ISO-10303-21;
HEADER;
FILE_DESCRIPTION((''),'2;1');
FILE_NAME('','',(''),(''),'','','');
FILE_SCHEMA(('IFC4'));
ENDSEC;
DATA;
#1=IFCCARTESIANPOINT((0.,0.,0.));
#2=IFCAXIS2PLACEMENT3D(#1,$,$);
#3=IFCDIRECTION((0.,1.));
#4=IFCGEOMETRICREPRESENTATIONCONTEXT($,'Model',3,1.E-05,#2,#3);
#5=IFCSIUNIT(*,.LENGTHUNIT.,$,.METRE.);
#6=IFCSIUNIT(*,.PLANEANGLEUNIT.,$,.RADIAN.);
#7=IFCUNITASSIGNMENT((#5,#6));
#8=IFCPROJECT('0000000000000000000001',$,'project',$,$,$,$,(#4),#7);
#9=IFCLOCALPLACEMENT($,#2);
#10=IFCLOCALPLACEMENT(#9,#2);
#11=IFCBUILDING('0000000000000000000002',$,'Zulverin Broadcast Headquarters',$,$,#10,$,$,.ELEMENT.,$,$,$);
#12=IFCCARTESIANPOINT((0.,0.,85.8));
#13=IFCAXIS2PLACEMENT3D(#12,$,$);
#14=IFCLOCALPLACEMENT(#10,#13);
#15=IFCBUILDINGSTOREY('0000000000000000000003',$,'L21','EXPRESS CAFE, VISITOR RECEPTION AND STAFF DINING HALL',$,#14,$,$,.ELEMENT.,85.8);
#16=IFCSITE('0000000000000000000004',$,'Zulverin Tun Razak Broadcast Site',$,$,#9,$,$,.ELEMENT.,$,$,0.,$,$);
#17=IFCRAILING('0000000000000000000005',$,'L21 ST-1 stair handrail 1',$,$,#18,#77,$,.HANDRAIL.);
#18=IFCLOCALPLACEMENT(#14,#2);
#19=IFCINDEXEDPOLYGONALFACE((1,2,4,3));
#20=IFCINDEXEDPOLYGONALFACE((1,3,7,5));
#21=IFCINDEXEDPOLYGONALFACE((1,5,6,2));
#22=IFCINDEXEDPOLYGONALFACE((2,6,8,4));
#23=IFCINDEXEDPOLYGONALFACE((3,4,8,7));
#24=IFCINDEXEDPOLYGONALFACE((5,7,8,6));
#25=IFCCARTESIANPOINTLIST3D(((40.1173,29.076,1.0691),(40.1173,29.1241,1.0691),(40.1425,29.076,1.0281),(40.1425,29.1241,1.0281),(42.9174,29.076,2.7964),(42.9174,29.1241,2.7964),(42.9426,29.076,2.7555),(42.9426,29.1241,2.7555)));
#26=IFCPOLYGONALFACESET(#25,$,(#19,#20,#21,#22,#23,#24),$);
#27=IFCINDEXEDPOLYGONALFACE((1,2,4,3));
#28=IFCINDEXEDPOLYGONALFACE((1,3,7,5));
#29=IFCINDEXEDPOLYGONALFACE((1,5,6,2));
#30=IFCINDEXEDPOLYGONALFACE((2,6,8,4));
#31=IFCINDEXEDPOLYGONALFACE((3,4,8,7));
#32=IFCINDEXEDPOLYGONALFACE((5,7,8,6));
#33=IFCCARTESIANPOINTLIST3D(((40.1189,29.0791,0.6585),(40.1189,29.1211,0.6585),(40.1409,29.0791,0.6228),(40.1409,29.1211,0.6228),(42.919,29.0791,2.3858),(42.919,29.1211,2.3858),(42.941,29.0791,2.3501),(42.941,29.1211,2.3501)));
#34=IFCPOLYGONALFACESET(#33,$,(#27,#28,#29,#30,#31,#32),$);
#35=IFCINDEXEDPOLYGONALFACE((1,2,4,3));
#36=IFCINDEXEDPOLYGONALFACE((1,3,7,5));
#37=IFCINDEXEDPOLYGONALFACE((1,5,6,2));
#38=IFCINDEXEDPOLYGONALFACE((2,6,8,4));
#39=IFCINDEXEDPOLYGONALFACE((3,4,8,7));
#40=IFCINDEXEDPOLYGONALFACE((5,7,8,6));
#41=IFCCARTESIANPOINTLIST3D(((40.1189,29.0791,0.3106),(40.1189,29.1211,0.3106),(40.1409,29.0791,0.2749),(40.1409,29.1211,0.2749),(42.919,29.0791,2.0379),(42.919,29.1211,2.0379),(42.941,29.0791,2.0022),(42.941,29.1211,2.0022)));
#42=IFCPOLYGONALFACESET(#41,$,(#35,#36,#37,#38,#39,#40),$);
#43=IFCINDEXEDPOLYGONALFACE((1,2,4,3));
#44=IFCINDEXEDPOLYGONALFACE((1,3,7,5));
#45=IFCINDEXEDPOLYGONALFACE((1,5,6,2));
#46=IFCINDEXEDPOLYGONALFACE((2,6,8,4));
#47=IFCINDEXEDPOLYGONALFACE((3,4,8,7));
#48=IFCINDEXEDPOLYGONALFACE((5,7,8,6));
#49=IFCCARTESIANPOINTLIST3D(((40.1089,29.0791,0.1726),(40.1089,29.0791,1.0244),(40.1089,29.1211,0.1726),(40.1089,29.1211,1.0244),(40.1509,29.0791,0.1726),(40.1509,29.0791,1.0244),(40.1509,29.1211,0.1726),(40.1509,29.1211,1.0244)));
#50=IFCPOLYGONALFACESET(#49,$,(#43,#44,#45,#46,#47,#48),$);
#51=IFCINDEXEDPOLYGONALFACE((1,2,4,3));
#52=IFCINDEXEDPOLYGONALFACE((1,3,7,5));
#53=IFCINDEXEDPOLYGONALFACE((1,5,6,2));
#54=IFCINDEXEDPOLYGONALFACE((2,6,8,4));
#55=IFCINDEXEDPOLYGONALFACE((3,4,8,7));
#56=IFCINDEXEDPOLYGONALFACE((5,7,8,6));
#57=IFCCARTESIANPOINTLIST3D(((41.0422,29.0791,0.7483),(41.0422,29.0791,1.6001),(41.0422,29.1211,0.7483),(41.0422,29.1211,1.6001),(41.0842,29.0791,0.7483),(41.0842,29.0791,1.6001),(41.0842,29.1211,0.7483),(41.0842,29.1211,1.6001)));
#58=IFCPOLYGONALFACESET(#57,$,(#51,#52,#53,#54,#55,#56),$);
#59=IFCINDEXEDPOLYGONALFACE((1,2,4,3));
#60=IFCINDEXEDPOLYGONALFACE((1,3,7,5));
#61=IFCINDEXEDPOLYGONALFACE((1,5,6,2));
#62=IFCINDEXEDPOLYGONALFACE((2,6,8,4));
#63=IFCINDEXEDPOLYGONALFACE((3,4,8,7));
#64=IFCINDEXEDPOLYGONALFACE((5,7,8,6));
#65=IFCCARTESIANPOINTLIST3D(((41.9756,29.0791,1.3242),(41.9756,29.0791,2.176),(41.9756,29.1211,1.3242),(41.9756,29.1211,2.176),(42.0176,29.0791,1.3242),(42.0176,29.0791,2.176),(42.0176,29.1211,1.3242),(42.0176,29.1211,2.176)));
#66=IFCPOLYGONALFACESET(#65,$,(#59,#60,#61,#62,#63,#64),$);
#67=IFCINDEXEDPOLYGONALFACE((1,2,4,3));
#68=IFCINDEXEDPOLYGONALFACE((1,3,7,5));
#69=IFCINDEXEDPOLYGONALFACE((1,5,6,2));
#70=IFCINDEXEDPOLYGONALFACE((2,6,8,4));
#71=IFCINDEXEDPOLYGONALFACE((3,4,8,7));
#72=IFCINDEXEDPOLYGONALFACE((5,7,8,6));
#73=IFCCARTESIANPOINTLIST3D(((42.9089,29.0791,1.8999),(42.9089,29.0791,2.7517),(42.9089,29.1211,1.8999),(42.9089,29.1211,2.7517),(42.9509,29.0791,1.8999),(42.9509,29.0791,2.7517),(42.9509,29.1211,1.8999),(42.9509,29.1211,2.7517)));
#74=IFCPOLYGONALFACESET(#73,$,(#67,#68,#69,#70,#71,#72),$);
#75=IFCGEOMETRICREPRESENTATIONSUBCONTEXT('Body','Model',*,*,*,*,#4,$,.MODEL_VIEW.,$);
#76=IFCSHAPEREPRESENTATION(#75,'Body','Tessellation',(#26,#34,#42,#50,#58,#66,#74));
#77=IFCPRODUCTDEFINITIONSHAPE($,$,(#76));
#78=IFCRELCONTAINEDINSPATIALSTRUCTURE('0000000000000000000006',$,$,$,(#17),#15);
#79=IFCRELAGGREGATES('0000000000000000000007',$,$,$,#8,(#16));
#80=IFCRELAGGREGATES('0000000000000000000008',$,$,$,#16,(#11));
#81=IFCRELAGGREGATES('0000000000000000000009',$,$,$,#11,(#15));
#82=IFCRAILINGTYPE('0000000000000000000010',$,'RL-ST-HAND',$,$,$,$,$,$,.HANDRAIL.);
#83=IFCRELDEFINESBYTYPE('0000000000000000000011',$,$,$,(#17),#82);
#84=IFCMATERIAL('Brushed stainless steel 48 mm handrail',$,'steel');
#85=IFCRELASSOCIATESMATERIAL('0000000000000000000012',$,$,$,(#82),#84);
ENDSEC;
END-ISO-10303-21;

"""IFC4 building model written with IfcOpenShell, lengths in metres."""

from ifc_helpers import new_model, si_unit, direction, frame, origin, origin_2d, place, context, subcontext, project, spatial, rectangle, extrude, material, type_object, element, save


model = new_model("IFC4")

# Units and contexts
model_context = context("Model", 3, precision=1e-05, world=origin(), true_north=direction((0.0, 1.0)))
body_context = subcontext(model_context, "Body", "Model", "MODEL_VIEW")
ifc_project = project(units=[si_unit("LENGTHUNIT", "METRE"), si_unit("PLANEANGLEUNIT", "RADIAN")], contexts=[model_context])

# Site, building, storey
site_placement = place(None, origin())
site = spatial("IfcSite", under=ifc_project, at=site_placement, Name="Zulverin Tun Razak Broadcast Site", CompositionType="ELEMENT", RefElevation=0.0)
building_placement = place(site_placement, origin())
building = spatial("IfcBuilding", under=site, at=building_placement, Name="Zulverin Broadcast Headquarters", CompositionType="ELEMENT")
storey_placement = place(building_placement, frame((0.0, 0.0, 85.8)))
storey = spatial("IfcBuildingStorey", under=building, at=storey_placement, Name="L21", Description="EXPRESS CAFE, VISITOR RECEPTION AND STAFF DINING HALL", CompositionType="ELEMENT", Elevation=85.8)

# Railing
ifc_material_1 = material(Name="Brushed stainless steel 48 mm handrail", Category="steel")
railing_type_1 = type_object("IfcRailingType", Name="RL-ST-HAND", PredefinedType="HANDRAIL", material=ifc_material_1)
railing_1_placement = place(storey_placement, frame((40.1299, 29.1001, 0.1726)))
element("IfcRailing", 1, at=railing_1_placement, inside=storey, type_object=railing_type_1, Name="L21 ST-1 stair handrail 1", PredefinedType="HANDRAIL", context=body_context, shape_type="SweptSolid", body=[
    extrude(rectangle(XDim=0.0481, YDim=0.0481, at=origin_2d()), frame((0.0, 0.0, 0.876), z_axis=(0.85109, 0.0, 0.52502), x_axis=(0.0, 1.0, 0.0)), (0.0, 0.0, 1.0), 3.29),
    extrude(rectangle(XDim=0.042, YDim=0.042, at=origin_2d()), frame((0.0, 0.0, 0.468), z_axis=(0.85109, 0.0, 0.52502), x_axis=(0.0, 1.0, 0.0)), (0.0, 0.0, 1.0), 3.29),
    extrude(rectangle(XDim=0.042, YDim=0.042, at=origin_2d()), frame((0.0, 0.0, 0.1201), z_axis=(0.85109, 0.0, 0.52502), x_axis=(0.0, 1.0, 0.0)), (0.0, 0.0, 1.0), 3.29),
    extrude(rectangle(XDim=0.042, YDim=0.042, at=origin_2d()), origin(), (0.0, 0.0, 1.0), 0.8518),
    extrude(rectangle(XDim=0.042, YDim=0.042, at=origin_2d()), frame((0.9333, 0.0, 0.5757)), (0.0, 0.0, 1.0), 0.8518),
    extrude(rectangle(XDim=0.042, YDim=0.042, at=origin_2d()), frame((1.8667, 0.0, 1.1516)), (0.0, 0.0, 1.0), 0.8518),
    extrude(rectangle(XDim=0.042, YDim=0.042, at=origin_2d()), frame((2.8, 0.0, 1.7273)), (0.0, 0.0, 1.0), 0.8518),
])

save(model, "model.ifc")
